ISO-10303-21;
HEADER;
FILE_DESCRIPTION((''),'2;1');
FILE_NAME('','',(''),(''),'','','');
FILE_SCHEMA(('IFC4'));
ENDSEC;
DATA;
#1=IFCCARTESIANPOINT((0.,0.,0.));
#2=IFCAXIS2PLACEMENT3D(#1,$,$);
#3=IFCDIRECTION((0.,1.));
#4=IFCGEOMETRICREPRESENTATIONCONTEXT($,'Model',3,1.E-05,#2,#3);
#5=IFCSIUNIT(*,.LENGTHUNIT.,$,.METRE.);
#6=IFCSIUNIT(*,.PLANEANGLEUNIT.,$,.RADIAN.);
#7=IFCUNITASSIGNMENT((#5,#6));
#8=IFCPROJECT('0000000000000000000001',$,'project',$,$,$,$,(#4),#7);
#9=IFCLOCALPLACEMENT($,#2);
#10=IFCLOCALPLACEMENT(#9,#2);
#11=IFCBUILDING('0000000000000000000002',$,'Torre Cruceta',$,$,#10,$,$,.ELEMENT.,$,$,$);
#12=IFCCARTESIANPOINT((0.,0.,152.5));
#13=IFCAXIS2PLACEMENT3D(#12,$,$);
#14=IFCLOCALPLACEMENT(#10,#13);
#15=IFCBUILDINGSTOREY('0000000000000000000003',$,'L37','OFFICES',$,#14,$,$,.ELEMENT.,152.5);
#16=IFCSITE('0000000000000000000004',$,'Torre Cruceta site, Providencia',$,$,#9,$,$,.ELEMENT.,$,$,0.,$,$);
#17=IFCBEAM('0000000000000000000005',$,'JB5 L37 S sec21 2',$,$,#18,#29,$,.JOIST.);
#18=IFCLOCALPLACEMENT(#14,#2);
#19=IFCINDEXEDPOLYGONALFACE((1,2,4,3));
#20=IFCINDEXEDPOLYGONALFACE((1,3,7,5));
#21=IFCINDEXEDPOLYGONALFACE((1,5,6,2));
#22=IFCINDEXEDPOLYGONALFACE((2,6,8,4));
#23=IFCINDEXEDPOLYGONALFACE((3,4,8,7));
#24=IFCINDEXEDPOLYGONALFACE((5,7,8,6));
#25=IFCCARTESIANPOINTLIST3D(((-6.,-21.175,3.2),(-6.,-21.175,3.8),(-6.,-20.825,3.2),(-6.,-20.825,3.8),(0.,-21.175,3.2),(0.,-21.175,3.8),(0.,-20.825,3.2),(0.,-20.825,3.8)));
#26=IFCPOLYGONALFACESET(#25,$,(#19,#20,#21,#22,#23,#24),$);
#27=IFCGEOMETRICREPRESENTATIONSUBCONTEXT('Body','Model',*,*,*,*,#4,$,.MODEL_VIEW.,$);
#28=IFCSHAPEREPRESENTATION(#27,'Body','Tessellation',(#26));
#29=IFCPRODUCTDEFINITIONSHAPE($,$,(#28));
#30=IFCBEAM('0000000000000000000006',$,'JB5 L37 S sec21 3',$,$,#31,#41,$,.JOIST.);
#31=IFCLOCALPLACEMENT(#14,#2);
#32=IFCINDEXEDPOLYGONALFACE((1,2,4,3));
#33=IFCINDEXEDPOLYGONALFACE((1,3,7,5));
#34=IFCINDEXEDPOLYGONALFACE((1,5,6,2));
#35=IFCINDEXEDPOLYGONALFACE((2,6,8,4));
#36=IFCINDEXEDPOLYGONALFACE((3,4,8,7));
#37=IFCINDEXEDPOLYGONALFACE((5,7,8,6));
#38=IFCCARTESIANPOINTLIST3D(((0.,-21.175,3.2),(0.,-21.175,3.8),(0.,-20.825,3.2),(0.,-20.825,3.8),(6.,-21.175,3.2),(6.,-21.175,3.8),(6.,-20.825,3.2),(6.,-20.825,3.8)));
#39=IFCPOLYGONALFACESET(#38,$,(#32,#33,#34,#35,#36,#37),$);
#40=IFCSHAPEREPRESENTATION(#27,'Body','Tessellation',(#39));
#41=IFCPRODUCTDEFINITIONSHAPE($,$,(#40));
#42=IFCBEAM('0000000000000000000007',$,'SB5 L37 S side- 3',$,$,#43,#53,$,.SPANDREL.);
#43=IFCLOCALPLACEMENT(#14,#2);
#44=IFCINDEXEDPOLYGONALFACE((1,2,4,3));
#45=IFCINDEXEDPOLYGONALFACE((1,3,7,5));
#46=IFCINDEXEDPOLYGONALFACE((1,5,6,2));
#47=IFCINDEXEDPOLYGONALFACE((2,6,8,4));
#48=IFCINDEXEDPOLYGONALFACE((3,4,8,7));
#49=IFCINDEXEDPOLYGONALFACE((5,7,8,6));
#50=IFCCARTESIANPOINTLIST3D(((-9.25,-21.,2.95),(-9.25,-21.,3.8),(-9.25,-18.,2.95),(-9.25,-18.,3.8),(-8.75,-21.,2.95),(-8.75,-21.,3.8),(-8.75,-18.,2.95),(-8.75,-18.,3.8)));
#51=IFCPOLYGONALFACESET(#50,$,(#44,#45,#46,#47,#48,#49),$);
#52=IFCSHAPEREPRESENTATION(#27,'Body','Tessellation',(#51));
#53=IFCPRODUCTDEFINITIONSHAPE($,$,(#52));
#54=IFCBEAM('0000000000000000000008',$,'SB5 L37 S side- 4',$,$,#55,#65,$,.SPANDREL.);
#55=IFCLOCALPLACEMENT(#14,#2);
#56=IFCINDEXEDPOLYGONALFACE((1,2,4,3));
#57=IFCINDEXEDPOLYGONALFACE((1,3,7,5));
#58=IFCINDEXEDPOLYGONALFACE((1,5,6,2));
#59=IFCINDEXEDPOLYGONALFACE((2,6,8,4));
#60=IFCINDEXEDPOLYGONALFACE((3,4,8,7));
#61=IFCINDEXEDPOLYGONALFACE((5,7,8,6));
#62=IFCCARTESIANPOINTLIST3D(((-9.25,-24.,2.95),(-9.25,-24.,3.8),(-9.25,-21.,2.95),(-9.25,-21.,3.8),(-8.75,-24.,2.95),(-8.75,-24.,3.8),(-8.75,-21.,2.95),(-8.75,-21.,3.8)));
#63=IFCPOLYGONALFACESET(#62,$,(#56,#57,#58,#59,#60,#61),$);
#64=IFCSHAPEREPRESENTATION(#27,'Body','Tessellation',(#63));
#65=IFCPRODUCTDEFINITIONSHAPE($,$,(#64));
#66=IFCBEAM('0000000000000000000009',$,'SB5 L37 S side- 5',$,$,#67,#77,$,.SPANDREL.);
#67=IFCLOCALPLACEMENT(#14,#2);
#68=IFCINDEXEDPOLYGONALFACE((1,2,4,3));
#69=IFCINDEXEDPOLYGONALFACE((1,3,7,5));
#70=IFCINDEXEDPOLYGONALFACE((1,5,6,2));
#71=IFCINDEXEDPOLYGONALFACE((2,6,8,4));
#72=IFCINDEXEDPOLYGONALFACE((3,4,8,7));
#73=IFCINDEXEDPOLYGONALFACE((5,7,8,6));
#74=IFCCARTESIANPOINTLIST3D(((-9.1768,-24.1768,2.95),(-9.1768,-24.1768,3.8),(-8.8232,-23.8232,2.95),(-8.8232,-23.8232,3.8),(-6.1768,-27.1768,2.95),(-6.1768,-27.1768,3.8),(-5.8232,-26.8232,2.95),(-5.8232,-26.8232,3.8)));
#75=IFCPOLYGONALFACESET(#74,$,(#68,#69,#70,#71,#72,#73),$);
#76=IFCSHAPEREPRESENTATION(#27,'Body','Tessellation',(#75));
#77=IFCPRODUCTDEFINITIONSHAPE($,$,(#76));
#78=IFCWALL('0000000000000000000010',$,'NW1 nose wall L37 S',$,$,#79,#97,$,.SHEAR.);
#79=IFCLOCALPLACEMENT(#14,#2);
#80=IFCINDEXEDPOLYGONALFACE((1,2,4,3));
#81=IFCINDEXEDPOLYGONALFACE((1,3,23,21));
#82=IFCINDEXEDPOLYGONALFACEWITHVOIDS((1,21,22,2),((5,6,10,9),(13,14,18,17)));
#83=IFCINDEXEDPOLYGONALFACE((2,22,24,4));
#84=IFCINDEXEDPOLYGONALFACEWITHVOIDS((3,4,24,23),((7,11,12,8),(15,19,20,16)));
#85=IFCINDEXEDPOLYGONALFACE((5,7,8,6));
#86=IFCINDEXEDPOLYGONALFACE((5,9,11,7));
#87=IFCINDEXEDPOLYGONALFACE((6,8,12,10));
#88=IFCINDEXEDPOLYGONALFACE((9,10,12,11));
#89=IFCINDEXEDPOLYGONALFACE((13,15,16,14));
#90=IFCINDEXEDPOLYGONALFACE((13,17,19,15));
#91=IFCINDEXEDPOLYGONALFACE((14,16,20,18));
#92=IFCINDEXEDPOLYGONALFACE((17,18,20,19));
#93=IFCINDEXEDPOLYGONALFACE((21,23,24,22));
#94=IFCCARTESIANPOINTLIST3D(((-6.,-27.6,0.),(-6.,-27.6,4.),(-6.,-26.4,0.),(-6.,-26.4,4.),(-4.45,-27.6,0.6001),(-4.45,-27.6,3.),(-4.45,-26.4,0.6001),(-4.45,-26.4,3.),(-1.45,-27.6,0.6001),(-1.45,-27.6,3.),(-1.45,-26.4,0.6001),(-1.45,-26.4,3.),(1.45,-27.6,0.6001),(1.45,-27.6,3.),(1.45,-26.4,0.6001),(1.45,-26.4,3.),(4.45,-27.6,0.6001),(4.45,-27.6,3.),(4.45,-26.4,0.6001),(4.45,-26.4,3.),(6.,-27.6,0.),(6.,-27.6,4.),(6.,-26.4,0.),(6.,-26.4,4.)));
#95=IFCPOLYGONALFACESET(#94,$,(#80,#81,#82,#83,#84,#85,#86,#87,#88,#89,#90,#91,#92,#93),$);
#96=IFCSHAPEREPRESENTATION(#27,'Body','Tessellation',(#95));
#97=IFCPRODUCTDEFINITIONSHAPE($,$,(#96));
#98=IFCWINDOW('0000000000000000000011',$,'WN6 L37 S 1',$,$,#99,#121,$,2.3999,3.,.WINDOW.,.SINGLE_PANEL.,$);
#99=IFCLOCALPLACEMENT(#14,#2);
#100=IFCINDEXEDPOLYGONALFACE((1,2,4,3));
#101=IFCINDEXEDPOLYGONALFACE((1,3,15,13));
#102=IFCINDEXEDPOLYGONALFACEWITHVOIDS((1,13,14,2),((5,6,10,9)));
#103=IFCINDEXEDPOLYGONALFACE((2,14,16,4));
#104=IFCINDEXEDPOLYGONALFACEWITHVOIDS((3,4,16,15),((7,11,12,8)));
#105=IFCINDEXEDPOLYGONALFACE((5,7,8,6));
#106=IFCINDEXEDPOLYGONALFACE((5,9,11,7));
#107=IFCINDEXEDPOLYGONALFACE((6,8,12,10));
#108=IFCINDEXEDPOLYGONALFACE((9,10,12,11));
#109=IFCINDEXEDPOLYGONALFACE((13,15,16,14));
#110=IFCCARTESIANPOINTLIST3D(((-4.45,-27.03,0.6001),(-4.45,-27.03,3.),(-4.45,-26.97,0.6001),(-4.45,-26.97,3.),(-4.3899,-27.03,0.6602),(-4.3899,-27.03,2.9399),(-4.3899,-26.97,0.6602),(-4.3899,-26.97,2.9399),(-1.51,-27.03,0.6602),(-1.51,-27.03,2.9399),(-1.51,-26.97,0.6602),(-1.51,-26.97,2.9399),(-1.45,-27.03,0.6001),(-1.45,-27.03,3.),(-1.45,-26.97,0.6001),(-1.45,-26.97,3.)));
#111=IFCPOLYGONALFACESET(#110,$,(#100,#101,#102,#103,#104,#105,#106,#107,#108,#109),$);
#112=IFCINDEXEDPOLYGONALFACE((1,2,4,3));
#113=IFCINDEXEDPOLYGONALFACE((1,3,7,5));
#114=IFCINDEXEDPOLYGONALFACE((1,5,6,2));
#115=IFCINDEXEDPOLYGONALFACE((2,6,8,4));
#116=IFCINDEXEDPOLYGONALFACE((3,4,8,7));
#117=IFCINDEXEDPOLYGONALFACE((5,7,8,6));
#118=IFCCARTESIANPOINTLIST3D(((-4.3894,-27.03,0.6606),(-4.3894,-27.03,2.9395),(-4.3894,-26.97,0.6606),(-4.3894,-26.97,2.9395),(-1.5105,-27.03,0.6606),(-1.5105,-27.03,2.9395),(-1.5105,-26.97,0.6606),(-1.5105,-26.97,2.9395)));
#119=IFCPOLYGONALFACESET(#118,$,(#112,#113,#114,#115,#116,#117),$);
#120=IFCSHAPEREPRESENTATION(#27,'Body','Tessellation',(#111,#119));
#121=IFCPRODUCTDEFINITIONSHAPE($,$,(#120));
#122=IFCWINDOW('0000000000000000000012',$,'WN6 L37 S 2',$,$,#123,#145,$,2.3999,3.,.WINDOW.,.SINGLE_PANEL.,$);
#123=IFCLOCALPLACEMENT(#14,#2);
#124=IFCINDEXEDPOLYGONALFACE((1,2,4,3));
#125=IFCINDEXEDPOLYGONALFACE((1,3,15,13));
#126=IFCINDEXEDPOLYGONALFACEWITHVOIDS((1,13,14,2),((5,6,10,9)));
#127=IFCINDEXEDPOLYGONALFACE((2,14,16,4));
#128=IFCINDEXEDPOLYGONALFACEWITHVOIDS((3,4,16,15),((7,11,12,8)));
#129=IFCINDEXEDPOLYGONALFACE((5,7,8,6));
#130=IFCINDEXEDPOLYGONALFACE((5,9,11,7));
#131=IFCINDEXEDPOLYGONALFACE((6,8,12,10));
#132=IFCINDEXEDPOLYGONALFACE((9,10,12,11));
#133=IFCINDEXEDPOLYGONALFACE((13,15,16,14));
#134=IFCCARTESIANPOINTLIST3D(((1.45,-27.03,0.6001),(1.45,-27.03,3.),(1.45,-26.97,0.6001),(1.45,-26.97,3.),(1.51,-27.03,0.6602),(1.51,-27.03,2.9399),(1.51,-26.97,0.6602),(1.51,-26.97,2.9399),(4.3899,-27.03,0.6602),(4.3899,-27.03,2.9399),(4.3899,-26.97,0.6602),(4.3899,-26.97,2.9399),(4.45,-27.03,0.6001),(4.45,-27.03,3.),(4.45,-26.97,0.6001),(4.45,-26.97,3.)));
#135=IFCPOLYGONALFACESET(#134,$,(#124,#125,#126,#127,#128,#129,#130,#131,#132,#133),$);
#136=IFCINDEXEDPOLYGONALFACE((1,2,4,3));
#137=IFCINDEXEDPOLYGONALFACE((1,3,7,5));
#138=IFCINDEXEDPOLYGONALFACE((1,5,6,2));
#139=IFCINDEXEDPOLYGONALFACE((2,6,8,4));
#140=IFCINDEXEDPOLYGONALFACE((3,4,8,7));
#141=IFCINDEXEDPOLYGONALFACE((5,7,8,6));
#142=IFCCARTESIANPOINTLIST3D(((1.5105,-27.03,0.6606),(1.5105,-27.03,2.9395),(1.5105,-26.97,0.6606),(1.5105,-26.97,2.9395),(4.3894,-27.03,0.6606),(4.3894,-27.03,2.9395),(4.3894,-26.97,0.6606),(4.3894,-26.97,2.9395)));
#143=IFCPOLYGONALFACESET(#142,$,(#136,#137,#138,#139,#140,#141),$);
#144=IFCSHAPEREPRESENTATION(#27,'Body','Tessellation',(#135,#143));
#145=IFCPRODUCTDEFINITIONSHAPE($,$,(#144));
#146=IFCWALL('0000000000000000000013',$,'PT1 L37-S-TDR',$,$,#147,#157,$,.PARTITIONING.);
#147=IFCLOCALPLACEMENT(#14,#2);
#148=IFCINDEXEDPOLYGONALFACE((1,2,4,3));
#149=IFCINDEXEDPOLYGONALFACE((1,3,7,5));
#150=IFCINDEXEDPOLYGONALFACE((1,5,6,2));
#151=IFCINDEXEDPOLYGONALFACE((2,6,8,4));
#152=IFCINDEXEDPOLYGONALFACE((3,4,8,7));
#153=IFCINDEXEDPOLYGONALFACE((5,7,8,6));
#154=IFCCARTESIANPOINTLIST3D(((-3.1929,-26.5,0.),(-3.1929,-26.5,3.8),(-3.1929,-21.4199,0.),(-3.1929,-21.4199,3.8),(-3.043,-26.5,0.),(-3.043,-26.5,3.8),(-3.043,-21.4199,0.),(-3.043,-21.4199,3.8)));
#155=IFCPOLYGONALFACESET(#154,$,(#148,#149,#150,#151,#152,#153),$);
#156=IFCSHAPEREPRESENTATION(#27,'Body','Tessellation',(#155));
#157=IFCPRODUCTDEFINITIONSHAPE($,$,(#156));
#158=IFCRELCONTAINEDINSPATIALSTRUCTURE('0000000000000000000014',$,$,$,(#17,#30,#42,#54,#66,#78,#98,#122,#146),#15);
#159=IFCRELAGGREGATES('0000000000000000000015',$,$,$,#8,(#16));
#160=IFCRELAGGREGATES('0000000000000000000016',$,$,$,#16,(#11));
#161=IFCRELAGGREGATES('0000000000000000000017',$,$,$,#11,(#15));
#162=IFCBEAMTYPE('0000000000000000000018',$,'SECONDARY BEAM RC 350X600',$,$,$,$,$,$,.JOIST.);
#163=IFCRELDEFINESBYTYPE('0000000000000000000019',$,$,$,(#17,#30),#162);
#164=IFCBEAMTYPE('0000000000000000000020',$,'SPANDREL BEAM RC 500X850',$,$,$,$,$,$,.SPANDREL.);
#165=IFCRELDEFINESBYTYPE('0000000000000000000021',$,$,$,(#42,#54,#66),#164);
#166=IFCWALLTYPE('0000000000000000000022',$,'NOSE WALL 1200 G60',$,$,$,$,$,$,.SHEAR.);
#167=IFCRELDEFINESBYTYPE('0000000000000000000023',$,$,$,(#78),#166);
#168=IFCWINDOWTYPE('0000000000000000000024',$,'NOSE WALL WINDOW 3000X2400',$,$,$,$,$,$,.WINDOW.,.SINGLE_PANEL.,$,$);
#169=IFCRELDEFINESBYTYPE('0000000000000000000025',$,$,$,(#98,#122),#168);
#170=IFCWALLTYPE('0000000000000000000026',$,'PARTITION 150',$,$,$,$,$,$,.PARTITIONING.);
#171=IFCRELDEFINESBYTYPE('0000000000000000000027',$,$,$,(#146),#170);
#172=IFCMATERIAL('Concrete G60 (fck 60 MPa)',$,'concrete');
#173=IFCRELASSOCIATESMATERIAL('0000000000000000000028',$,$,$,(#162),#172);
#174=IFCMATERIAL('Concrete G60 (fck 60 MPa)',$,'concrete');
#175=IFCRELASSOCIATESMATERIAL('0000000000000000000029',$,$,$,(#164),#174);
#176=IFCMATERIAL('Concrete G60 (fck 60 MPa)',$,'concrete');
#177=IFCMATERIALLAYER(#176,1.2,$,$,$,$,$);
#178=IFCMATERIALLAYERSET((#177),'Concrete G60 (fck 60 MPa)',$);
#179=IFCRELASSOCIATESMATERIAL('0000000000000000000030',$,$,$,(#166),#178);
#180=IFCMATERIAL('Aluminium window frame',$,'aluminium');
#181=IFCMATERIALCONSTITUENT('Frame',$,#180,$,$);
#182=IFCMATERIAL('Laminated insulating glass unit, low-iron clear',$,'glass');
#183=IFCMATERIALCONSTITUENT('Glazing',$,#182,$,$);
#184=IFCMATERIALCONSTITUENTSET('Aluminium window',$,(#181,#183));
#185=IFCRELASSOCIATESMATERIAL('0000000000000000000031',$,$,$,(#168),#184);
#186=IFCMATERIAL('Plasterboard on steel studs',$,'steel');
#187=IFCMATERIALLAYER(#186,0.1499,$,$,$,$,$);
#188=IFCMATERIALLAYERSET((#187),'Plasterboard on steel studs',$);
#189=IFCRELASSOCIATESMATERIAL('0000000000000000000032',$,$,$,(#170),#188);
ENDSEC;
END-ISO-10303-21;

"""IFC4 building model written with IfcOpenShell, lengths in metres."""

from ifc_helpers import new_model, si_unit, direction, frame, frame_2d, origin, origin_2d, place, context, subcontext, project, spatial, rectangle, hollow_rectangle, extrude, material, layer, layer_set, constituent, constituent_set, material_profile, profile_set, type_object, element, fill, save


model = new_model("IFC4")

# Units and contexts
model_context = context("Model", 3, precision=1e-05, world=origin(), true_north=direction((0.0, 1.0)))
body_context = subcontext(model_context, "Body", "Model", "MODEL_VIEW")
ifc_project = project(units=[si_unit("LENGTHUNIT", "METRE"), si_unit("PLANEANGLEUNIT", "RADIAN")], contexts=[model_context])

# Site, building, storey
site_placement = place(None, origin())
site = spatial("IfcSite", under=ifc_project, at=site_placement, Name="Torre Cruceta site, Providencia", CompositionType="ELEMENT", RefElevation=0.0)
building_placement = place(site_placement, origin())
building = spatial("IfcBuilding", under=site, at=building_placement, Name="Torre Cruceta", CompositionType="ELEMENT")
storey_placement = place(building_placement, frame((0.0, 0.0, 152.5)))
storey = spatial("IfcBuildingStorey", under=building, at=storey_placement, Name="L37", Description="OFFICES", CompositionType="ELEMENT", Elevation=152.5)

# Beams
ifc_material_1 = material(Name="Concrete G60 (fck 60 MPa)", Category="concrete")
ifc_material_profile_1 = material_profile(ifc_material_1, rectangle(XDim=0.3501, YDim=0.6001, at=origin_2d()), Name="RC 350X600")
ifc_profile_set_1 = profile_set([ifc_material_profile_1], Name="Concrete G60 (fck 60 MPa)")
beam_type_1 = type_object("IfcBeamType", Name="SECONDARY BEAM RC 350X600", PredefinedType="JOIST", material=ifc_profile_set_1)
for number, where, z_axis, x_axis, name in (
    (1, (-6.0, -21.0, 3.5), (1.0, 0.0, 0.0), (0.0, 1.0, 0.0), "JB5 L37 S sec21 2"),
    (2, (0.0, -21.0, 3.5), (1.0, 0.0, 0.0), (0.0, 1.0, 0.0), "JB5 L37 S sec21 3"),
):
    element("IfcBeam", number, at=place(storey_placement, frame(where, z_axis=z_axis, x_axis=x_axis)), inside=storey, type_object=beam_type_1, Name=name, PredefinedType="JOIST", context=body_context, shape_type="SweptSolid", body=[
        extrude(rectangle(XDim=0.3501, YDim=0.6001, at=origin_2d()), origin(), (0.0, 0.0, 1.0), 6.0),
    ])
ifc_material_2 = material(Name="Concrete G60 (fck 60 MPa)", Category="concrete")
ifc_material_profile_2 = material_profile(ifc_material_2, rectangle(XDim=0.5, YDim=0.8501, at=origin_2d()), Name="RC 500X850")
ifc_profile_set_2 = profile_set([ifc_material_profile_2], Name="Concrete G60 (fck 60 MPa)")
beam_type_2 = type_object("IfcBeamType", Name="SPANDREL BEAM RC 500X850", PredefinedType="SPANDREL", material=ifc_profile_set_2)
for number, where, z_axis, x_axis, name in (
    (3, (-9.0, -18.0, 3.375), (0.0, -1.0, 0.0), (1.0, 0.0, 0.0), "SB5 L37 S side- 3"),
    (4, (-9.0, -21.0, 3.375), (0.0, -1.0, 0.0), (1.0, 0.0, 0.0), "SB5 L37 S side- 4"),
):
    element("IfcBeam", number, at=place(storey_placement, frame(where, z_axis=z_axis, x_axis=x_axis)), inside=storey, type_object=beam_type_2, Name=name, PredefinedType="SPANDREL", context=body_context, shape_type="SweptSolid", body=[
        extrude(rectangle(XDim=0.5, YDim=0.8501, at=origin_2d()), origin(), (0.0, 0.0, 1.0), 3.0),
    ])
beam_1_placement = place(storey_placement, frame((-9.0, -24.0, 3.375), z_axis=(0.707107, -0.707107, 0.0), x_axis=(0.707107, 0.707107, 0.0)))
element("IfcBeam", 5, at=beam_1_placement, inside=storey, type_object=beam_type_2, Name="SB5 L37 S side- 5", PredefinedType="SPANDREL", context=body_context, shape_type="SweptSolid", body=[
    extrude(rectangle(XDim=0.5, YDim=0.8501, at=origin_2d()), origin(), (0.0, 0.0, 1.0), 4.2427),
])

# Wall, openings, windows
ifc_material_3 = material(Name="Concrete G60 (fck 60 MPa)", Category="concrete")
ifc_layer_1 = layer(ifc_material_3, 1.2)
ifc_layer_set_1 = layer_set([ifc_layer_1], Name="Concrete G60 (fck 60 MPa)")
wall_type_1 = type_object("IfcWallType", Name="NOSE WALL 1200 G60", PredefinedType="SHEAR", material=ifc_layer_set_1)
wall_1_placement = place(storey_placement, frame((-6.0, -27.0, 0.0), z_axis=(0.0, 0.0, 1.0), x_axis=(1.0, 0.0, 0.0)))
wall_1 = element("IfcWall", 6, at=wall_1_placement, inside=storey, type_object=wall_type_1, Name="NW1 nose wall L37 S", PredefinedType="SHEAR", context=body_context, shape_type="SweptSolid", body=[
    extrude(rectangle(XDim=12.0, YDim=1.2, at=frame_2d((6.0, 0.0))), origin(), (0.0, 0.0, 1.0), 4.0),
])
opening_1_placement = place(wall_1_placement, frame((1.55, 0.0, 0.6001)))
opening_1 = element("IfcOpeningElement", 7, at=opening_1_placement, cuts=wall_1, PredefinedType="OPENING", context=body_context, shape_type="SweptSolid", body=[
    extrude(rectangle(XDim=3.0, YDim=2.3999, at=frame_2d((1.5, 1.2))), frame((0.0, 0.6099, 0.0), z_axis=(0.0, -1.0, 0.0), x_axis=(1.0, 0.0, 0.0)), (0.0, 0.0, 1.0), 1.22),
])
opening_2_placement = place(wall_1_placement, frame((7.45, 0.0, 0.6001)))
opening_2 = element("IfcOpeningElement", 8, at=opening_2_placement, cuts=wall_1, PredefinedType="OPENING", context=body_context, shape_type="SweptSolid", body=[
    extrude(rectangle(XDim=3.0, YDim=2.3999, at=frame_2d((1.5, 1.2))), frame((0.0, 0.6099, 0.0), z_axis=(0.0, -1.0, 0.0), x_axis=(1.0, 0.0, 0.0)), (0.0, 0.0, 1.0), 1.22),
])
ifc_material_4 = material(Name="Aluminium window frame", Category="aluminium")
ifc_constituent_1 = constituent(ifc_material_4, Name="Frame")
ifc_material_5 = material(Name="Laminated insulating glass unit, low-iron clear", Category="glass")
ifc_constituent_2 = constituent(ifc_material_5, Name="Glazing")
ifc_constituent_set_1 = constituent_set(constituents=[ifc_constituent_1, ifc_constituent_2], Name="Aluminium window")
window_type = type_object("IfcWindowType", Name="NOSE WALL WINDOW 3000X2400", PartitioningType="SINGLE_PANEL", PredefinedType="WINDOW", material=ifc_constituent_set_1)
window_1_placement = place(opening_1_placement, origin())
window_1 = element("IfcWindow", 9, at=window_1_placement, inside=storey, type_object=window_type, Name="WN6 L37 S 1", OverallHeight=2.3999, OverallWidth=3.0, PartitioningType="SINGLE_PANEL", PredefinedType="WINDOW", context=body_context, shape_type="SweptSolid", body=[
    extrude(hollow_rectangle(XDim=3.0, YDim=2.3999, WallThickness=0.0601, at=frame_2d((1.5, 1.2))), frame((0.0, 0.03, 0.0), z_axis=(0.0, -1.0, 0.0), x_axis=(1.0, 0.0, 0.0)), (0.0, 0.0, 1.0), 0.0601),
    extrude(rectangle(XDim=2.8789, YDim=2.2788, at=frame_2d((1.5, 1.2))), frame((0.0, 0.03, 0.0), z_axis=(0.0, -1.0, 0.0), x_axis=(1.0, 0.0, 0.0)), (0.0, 0.0, 1.0), 0.0601),
])
fill(opening_1, window_1)
window_2_placement = place(opening_2_placement, origin())
window_2 = element("IfcWindow", 10, at=window_2_placement, inside=storey, type_object=window_type, Name="WN6 L37 S 2", OverallHeight=2.3999, OverallWidth=3.0, PartitioningType="SINGLE_PANEL", PredefinedType="WINDOW", context=body_context, shape_type="SweptSolid", body=[
    extrude(hollow_rectangle(XDim=3.0, YDim=2.3999, WallThickness=0.0601, at=frame_2d((1.5, 1.2))), frame((0.0, 0.03, 0.0), z_axis=(0.0, -1.0, 0.0), x_axis=(1.0, 0.0, 0.0)), (0.0, 0.0, 1.0), 0.0601),
    extrude(rectangle(XDim=2.8789, YDim=2.2788, at=frame_2d((1.5, 1.2))), frame((0.0, 0.03, 0.0), z_axis=(0.0, -1.0, 0.0), x_axis=(1.0, 0.0, 0.0)), (0.0, 0.0, 1.0), 0.0601),
])
fill(opening_2, window_2)

# Wall
ifc_material_6 = material(Name="Plasterboard on steel studs", Category="steel")
ifc_layer_2 = layer(ifc_material_6, 0.1499)
ifc_layer_set_2 = layer_set([ifc_layer_2], Name="Plasterboard on steel studs")
wall_type_2 = type_object("IfcWallType", Name="PARTITION 150", PredefinedType="PARTITIONING", material=ifc_layer_set_2)
wall_2_placement = place(storey_placement, frame((-3.1179, -21.4199, 0.0), z_axis=(0.0, 0.0, 1.0), x_axis=(0.0, -1.0, 0.0)))
element("IfcWall", 11, at=wall_2_placement, inside=storey, type_object=wall_type_2, Name="PT1 L37-S-TDR", PredefinedType="PARTITIONING", context=body_context, shape_type="SweptSolid", body=[
    extrude(rectangle(XDim=5.0801, YDim=0.1499, at=frame_2d((2.54, 0.0))), origin(), (0.0, 0.0, 1.0), 3.8),
])

save(model, "model.ifc")
